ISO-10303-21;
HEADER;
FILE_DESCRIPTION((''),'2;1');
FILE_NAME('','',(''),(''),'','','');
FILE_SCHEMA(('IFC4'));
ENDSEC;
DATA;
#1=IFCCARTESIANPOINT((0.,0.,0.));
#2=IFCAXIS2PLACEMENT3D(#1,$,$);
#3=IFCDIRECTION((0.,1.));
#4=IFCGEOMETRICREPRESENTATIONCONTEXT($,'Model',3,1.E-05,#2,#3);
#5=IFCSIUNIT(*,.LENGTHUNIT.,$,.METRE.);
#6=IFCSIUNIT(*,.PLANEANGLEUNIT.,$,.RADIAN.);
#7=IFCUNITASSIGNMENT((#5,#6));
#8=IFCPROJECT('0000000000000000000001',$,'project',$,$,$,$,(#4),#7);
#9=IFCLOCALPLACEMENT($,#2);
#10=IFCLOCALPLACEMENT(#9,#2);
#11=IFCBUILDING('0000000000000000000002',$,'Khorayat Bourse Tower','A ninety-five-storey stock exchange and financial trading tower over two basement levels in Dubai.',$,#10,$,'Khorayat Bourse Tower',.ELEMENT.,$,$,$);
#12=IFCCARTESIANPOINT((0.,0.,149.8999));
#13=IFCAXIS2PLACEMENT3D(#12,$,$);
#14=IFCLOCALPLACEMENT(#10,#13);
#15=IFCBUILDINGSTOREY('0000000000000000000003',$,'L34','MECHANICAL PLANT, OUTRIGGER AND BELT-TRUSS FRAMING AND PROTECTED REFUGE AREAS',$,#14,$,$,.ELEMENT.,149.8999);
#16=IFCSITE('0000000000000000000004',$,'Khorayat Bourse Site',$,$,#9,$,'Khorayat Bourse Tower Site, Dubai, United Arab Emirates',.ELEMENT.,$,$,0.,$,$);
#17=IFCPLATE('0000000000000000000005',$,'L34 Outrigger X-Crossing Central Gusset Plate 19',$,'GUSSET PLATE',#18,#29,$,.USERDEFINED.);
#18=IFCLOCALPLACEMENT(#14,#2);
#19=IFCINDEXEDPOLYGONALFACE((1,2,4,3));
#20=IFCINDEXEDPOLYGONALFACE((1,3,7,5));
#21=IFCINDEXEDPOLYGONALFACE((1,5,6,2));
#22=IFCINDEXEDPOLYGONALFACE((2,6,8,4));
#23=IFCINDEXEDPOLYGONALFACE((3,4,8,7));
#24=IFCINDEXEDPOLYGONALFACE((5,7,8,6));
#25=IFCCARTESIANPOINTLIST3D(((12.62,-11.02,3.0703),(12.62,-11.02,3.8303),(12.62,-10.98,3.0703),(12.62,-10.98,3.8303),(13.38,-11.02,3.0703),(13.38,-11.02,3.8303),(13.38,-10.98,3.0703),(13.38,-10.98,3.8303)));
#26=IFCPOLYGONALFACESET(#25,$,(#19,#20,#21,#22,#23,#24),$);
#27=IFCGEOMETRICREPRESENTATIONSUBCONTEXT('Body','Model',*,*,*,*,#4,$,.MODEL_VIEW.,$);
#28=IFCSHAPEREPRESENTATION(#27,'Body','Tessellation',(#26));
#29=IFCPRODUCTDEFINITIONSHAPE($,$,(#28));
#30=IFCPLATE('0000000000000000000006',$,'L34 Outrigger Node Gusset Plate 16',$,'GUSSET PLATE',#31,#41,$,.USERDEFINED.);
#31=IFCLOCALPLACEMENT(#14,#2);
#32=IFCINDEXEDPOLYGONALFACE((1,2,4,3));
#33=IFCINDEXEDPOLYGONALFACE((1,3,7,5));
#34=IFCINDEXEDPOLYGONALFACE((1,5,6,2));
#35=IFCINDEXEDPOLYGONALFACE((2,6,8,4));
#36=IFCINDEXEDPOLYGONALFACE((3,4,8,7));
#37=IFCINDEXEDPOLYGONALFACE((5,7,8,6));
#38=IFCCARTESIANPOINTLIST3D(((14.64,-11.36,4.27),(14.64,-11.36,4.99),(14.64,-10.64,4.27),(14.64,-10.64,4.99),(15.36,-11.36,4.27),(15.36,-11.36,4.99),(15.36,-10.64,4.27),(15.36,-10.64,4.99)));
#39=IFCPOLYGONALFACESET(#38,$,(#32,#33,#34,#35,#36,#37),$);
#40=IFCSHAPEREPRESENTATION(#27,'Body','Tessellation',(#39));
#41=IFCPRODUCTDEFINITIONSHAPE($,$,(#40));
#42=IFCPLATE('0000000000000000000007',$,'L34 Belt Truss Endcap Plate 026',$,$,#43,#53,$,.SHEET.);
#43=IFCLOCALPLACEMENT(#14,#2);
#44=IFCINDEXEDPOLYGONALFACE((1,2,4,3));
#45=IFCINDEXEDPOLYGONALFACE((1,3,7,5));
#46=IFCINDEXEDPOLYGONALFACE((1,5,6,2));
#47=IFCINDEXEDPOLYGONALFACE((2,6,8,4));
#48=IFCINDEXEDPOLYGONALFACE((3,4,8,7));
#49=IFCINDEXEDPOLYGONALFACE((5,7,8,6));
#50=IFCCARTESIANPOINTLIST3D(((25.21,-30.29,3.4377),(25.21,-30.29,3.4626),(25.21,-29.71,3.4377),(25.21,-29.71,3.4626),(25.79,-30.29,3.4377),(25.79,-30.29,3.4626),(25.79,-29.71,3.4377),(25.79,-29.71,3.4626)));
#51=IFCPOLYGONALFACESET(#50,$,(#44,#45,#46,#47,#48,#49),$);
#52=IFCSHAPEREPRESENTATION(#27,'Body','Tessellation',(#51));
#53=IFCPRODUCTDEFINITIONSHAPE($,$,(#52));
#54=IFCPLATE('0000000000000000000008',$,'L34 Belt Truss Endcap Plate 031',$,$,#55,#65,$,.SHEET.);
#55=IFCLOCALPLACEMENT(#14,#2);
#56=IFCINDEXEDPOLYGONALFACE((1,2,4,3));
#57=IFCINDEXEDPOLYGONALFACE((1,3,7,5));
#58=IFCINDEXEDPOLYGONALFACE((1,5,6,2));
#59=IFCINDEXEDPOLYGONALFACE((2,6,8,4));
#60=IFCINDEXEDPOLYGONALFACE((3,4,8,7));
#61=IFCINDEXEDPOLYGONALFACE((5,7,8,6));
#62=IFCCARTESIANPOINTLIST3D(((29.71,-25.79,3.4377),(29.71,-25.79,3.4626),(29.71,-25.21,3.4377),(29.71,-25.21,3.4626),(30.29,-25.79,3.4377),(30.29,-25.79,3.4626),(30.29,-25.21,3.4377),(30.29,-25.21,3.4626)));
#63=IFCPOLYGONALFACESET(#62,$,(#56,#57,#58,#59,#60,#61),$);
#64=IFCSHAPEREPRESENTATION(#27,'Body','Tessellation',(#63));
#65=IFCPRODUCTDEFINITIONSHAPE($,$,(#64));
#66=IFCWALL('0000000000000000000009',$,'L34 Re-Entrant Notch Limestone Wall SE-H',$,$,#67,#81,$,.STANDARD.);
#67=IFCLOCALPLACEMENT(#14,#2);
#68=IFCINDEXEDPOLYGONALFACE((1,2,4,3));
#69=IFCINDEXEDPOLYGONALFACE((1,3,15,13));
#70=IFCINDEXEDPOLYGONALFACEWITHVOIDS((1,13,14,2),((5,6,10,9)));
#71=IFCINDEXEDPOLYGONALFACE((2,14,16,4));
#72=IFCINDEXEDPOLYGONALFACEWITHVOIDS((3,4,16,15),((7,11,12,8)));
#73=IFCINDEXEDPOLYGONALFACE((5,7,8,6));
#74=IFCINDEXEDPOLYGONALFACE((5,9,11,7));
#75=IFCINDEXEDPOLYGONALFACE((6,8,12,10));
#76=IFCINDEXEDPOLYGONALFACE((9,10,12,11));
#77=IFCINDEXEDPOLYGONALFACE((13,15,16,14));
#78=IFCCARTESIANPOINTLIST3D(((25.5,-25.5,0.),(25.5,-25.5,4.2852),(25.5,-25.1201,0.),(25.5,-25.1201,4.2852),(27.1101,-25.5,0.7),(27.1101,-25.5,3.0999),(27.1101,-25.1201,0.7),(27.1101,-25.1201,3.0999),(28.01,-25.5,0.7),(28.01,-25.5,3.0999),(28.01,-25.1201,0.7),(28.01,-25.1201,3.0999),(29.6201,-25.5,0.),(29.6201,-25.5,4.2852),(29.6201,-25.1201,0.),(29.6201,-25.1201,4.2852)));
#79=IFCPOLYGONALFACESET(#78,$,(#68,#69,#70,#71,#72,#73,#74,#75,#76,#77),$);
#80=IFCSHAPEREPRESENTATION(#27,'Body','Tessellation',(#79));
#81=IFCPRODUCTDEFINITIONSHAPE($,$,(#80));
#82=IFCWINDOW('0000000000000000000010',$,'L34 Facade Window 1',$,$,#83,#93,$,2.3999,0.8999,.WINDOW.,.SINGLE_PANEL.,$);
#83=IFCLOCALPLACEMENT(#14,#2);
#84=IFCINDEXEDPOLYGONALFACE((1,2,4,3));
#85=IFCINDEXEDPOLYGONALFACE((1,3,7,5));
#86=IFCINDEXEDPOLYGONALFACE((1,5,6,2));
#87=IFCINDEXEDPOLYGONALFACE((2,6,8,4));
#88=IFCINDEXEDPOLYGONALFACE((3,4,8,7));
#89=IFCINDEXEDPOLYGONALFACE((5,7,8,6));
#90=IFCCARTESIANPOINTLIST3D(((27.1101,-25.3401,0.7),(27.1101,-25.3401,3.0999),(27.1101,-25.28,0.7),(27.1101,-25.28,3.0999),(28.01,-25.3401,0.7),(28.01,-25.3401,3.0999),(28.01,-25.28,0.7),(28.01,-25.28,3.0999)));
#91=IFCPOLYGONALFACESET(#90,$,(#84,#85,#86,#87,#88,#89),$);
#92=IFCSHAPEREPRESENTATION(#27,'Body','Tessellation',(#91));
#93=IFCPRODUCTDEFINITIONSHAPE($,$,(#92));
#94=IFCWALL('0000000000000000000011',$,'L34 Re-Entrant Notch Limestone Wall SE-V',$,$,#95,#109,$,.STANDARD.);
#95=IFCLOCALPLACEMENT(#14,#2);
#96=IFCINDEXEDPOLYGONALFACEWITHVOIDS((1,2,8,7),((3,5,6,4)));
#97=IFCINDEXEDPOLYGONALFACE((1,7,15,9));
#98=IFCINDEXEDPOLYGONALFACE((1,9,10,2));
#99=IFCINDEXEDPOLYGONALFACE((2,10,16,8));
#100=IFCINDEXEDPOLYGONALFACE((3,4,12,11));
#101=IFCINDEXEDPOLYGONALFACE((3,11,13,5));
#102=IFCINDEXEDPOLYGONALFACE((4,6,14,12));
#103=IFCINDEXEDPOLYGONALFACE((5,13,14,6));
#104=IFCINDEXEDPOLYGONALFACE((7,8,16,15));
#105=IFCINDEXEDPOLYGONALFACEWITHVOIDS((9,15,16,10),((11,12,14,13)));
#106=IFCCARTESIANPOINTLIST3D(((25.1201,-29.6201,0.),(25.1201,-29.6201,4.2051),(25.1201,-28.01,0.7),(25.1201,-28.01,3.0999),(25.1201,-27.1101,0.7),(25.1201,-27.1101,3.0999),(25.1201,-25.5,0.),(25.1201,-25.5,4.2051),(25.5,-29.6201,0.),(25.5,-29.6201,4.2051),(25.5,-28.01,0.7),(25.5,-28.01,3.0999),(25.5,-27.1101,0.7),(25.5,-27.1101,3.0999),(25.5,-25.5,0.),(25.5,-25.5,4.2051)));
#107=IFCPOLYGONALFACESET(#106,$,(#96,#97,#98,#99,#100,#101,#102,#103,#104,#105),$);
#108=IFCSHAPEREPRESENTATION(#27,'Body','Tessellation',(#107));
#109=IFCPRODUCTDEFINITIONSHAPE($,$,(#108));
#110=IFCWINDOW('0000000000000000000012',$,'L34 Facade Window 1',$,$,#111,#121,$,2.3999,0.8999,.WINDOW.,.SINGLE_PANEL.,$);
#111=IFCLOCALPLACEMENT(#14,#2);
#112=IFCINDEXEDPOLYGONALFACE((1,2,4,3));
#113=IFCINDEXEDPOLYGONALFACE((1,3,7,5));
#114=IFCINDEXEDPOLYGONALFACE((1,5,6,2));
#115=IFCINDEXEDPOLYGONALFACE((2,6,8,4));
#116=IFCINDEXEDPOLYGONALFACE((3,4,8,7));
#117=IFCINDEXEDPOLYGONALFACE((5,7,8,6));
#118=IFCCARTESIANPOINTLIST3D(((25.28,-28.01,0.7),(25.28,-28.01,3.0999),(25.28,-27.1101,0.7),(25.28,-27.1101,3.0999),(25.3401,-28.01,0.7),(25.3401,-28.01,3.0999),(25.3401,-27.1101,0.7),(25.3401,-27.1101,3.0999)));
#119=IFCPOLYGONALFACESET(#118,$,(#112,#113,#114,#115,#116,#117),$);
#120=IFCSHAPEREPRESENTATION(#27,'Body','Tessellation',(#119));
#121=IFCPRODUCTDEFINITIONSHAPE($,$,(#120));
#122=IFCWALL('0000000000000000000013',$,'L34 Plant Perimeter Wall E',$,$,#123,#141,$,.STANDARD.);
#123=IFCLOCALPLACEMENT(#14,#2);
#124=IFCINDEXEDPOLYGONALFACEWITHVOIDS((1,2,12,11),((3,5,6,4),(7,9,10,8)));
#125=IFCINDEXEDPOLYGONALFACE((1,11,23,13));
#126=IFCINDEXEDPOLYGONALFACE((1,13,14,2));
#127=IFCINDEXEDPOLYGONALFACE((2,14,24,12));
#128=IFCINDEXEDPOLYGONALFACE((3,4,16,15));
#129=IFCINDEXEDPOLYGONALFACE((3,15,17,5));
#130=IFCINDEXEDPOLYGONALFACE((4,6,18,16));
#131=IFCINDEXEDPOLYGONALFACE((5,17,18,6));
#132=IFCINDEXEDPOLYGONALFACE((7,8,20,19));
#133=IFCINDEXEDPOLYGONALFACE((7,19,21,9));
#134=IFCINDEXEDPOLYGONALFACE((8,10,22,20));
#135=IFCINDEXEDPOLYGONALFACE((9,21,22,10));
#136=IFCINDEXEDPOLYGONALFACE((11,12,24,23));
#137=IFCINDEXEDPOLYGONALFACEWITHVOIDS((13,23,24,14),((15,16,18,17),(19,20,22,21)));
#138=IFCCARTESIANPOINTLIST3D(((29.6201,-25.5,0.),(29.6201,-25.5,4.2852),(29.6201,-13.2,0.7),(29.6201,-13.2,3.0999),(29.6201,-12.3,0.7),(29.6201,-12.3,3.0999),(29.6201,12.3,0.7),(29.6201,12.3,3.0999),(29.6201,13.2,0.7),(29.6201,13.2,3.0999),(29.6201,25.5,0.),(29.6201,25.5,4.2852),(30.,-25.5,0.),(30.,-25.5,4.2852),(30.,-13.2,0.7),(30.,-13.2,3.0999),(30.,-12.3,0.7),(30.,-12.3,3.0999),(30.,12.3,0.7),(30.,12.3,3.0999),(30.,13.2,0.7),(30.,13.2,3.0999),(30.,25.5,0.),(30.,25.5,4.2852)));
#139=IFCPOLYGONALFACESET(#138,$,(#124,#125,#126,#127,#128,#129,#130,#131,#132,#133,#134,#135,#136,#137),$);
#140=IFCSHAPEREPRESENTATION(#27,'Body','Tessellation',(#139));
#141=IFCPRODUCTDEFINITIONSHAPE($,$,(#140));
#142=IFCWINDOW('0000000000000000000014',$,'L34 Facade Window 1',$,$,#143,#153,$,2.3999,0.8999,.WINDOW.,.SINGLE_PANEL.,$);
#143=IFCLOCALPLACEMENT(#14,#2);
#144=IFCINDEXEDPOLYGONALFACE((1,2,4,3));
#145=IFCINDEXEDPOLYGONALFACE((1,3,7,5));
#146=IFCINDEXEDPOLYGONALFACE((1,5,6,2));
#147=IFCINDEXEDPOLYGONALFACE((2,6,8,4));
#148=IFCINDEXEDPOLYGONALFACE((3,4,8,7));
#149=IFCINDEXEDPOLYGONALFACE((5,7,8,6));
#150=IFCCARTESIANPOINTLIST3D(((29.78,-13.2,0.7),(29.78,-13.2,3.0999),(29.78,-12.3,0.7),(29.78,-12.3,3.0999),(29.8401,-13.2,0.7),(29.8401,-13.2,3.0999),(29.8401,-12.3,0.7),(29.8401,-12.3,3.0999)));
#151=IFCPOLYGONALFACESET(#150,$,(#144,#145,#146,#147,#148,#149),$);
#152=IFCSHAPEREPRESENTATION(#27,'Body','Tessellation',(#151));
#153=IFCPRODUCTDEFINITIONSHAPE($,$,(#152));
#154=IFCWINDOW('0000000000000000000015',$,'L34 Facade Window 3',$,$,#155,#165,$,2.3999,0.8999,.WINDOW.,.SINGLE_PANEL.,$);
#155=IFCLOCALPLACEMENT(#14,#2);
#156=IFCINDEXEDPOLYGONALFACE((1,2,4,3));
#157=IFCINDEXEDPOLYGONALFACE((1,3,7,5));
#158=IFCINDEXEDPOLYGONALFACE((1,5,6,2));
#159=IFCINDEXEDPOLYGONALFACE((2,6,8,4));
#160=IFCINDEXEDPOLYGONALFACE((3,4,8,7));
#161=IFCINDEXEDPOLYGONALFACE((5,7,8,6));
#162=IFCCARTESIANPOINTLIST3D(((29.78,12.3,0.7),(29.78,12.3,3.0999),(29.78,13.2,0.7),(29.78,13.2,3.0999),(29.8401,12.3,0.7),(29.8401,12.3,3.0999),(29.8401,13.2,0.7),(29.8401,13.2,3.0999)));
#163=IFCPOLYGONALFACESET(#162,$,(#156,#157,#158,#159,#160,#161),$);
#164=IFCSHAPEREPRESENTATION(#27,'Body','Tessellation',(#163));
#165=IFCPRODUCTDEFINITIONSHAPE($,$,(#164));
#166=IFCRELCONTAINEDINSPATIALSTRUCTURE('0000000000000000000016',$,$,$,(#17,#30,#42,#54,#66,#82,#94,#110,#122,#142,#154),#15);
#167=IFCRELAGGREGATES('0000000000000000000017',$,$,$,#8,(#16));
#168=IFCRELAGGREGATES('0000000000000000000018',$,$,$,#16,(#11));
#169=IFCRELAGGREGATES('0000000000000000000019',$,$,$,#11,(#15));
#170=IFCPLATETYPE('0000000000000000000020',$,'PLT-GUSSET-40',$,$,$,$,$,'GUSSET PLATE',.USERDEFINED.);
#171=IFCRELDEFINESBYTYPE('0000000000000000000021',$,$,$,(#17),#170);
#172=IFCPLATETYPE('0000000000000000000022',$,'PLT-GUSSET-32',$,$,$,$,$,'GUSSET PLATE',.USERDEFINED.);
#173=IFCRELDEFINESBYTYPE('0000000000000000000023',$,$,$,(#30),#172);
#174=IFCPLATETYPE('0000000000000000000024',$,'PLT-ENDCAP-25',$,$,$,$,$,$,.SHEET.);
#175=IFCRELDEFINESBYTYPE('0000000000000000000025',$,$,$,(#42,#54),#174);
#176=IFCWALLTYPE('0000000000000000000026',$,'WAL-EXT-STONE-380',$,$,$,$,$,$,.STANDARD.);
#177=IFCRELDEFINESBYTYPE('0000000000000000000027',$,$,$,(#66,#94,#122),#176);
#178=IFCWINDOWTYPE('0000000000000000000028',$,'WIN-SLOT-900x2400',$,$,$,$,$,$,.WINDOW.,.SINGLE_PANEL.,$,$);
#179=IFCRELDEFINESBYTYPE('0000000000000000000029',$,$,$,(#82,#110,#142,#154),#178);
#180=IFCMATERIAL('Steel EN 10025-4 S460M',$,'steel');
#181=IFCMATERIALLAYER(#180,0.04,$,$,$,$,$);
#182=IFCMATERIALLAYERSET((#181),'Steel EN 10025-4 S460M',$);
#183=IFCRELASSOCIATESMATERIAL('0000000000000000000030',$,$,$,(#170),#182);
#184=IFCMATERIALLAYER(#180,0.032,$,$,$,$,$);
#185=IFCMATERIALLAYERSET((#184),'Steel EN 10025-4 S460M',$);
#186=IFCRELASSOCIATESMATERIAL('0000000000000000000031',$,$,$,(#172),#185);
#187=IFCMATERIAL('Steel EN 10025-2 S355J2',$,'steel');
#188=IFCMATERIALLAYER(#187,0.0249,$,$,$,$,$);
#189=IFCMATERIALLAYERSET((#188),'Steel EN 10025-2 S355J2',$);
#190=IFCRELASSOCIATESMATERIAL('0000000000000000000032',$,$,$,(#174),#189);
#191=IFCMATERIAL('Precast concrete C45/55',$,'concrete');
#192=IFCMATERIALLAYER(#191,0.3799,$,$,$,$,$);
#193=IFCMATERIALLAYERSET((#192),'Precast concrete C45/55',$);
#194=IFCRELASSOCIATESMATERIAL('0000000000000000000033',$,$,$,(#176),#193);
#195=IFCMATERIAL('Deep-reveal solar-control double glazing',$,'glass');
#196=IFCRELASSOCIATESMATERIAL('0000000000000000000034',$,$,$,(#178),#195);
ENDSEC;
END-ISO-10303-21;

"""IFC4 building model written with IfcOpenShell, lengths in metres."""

from ifc_helpers import new_model, si_unit, direction, frame, frame_2d, origin, origin_2d, place, context, subcontext, project, spatial, rectangle, extrude, source, transform, mapped, material, layer, layer_set, type_object, element, fill, save


model = new_model("IFC4")

# Units and contexts
model_context = context("Model", 3, precision=1e-05, world=origin(), true_north=direction((0.0, 1.0)))
body_context = subcontext(model_context, "Body", "Model", "MODEL_VIEW")
ifc_project = project(units=[si_unit("LENGTHUNIT", "METRE"), si_unit("PLANEANGLEUNIT", "RADIAN")], contexts=[model_context])

# Site, building, storey
site_placement = place(None, origin())
site = spatial("IfcSite", under=ifc_project, at=site_placement, Name="Khorayat Bourse Site", LongName="Khorayat Bourse Tower Site, Dubai, United Arab Emirates", CompositionType="ELEMENT", RefElevation=0.0)
building_placement = place(site_placement, origin())
building = spatial("IfcBuilding", under=site, at=building_placement, Name="Khorayat Bourse Tower", Description="A ninety-five-storey stock exchange and financial trading tower over two basement levels in Dubai.", LongName="Khorayat Bourse Tower", CompositionType="ELEMENT")
storey_placement = place(building_placement, frame((0.0, 0.0, 149.8999)))
storey = spatial("IfcBuildingStorey", under=building, at=storey_placement, Name="L34", Description="MECHANICAL PLANT, OUTRIGGER AND BELT-TRUSS FRAMING AND PROTECTED REFUGE AREAS", CompositionType="ELEMENT", Elevation=149.8999)

# Shared definitions
ifc_material_1 = material(Name="Steel EN 10025-4 S460M", Category="steel")

# Plates
ifc_layer_1 = layer(ifc_material_1, 0.04)
ifc_layer_set_1 = layer_set([ifc_layer_1], Name="Steel EN 10025-4 S460M")
plate_type_1 = type_object("IfcPlateType", Name="PLT-GUSSET-40", ElementType="GUSSET PLATE", PredefinedType="USERDEFINED", material=ifc_layer_set_1)
shared_shape_1 = source(origin(), body_context, "Body", "SweptSolid", [
    extrude(rectangle(XDim=0.76, YDim=0.04, at=origin_2d()), origin(), (0.0, 0.0, 1.0), 0.76),
])
plate_1_placement = place(storey_placement, frame((13.0, -11.0, 3.0703), z_axis=(0.0, 0.0, 1.0), x_axis=(1.0, 0.0, 0.0)))
element("IfcPlate", 1, at=plate_1_placement, inside=storey, type_object=plate_type_1, Name="L34 Outrigger X-Crossing Central Gusset Plate 19", ObjectType="GUSSET PLATE", PredefinedType="USERDEFINED", context=body_context, shape_type="MappedRepresentation", body=[
    mapped(shared_shape_1, transform((0.0, 0.0, 0.0), scale=1.0)),
])
ifc_layer_2 = layer(ifc_material_1, 0.032)
ifc_layer_set_2 = layer_set([ifc_layer_2], Name="Steel EN 10025-4 S460M")
plate_type_2 = type_object("IfcPlateType", Name="PLT-GUSSET-32", ElementType="GUSSET PLATE", PredefinedType="USERDEFINED", material=ifc_layer_set_2)
shared_shape_2 = source(origin(), body_context, "Body", "SweptSolid", [
    extrude(rectangle(XDim=0.72, YDim=0.72, at=origin_2d()), origin(), (0.0, 0.0, 1.0), 0.72),
])
plate_2_placement = place(storey_placement, frame((15.0, -11.0, 4.27), z_axis=(0.0, 0.0, 1.0), x_axis=(1.0, 0.0, 0.0)))
element("IfcPlate", 2, at=plate_2_placement, inside=storey, type_object=plate_type_2, Name="L34 Outrigger Node Gusset Plate 16", ObjectType="GUSSET PLATE", PredefinedType="USERDEFINED", context=body_context, shape_type="MappedRepresentation", body=[
    mapped(shared_shape_2, transform((0.0, 0.0, 0.0), scale=1.0)),
])
ifc_material_2 = material(Name="Steel EN 10025-2 S355J2", Category="steel")
ifc_layer_3 = layer(ifc_material_2, 0.0249)
ifc_layer_set_3 = layer_set([ifc_layer_3], Name="Steel EN 10025-2 S355J2")
plate_type_3 = type_object("IfcPlateType", Name="PLT-ENDCAP-25", PredefinedType="SHEET", material=ifc_layer_set_3)
shared_shape_3 = source(origin(), body_context, "Body", "SweptSolid", [
    extrude(rectangle(XDim=0.5801, YDim=0.5801, at=origin_2d()), origin(), (0.0, 0.0, 1.0), 0.0249),
])
for number, where, z_axis, x_axis, name in (
    (3, (25.5, -30.0, 3.4377), (0.0, 0.0, 1.0), (1.0, 0.0, 0.0), "L34 Belt Truss Endcap Plate 026"),
    (4, (30.0, -25.5, 3.4377), (0.0, 0.0, 1.0), (1.0, 0.0, 0.0), "L34 Belt Truss Endcap Plate 031"),
):
    element("IfcPlate", number, at=place(storey_placement, frame(where, z_axis=z_axis, x_axis=x_axis)), inside=storey, type_object=plate_type_3, Name=name, PredefinedType="SHEET", context=body_context, shape_type="MappedRepresentation", body=[
        mapped(shared_shape_3, transform((0.0, 0.0, 0.0), scale=1.0)),
    ])

# Walls, openings, windows
ifc_material_3 = material(Name="Precast concrete C45/55", Category="concrete")
ifc_layer_4 = layer(ifc_material_3, 0.3799)
ifc_layer_set_4 = layer_set([ifc_layer_4], Name="Precast concrete C45/55")
wall_type = type_object("IfcWallType", Name="WAL-EXT-STONE-380", PredefinedType="STANDARD", material=ifc_layer_set_4)
shared_shape_4 = source(origin(), body_context, "Body", "SweptSolid", [
    extrude(rectangle(XDim=4.1201, YDim=0.3799, at=frame_2d((2.0601, 0.0))), origin(), (0.0, 0.0, 1.0), 4.2852),
])
wall_1_placement = place(storey_placement, frame((25.5, -25.3101, 0.0), z_axis=(0.0, 0.0, 1.0), x_axis=(1.0, 0.0, 0.0)))
wall_1 = element("IfcWall", 5, at=wall_1_placement, inside=storey, type_object=wall_type, Name="L34 Re-Entrant Notch Limestone Wall SE-H", PredefinedType="STANDARD", context=body_context, shape_type="MappedRepresentation", body=[
    mapped(shared_shape_4, transform((0.0, 0.0, 0.0), scale=1.0)),
])
shared_shape_5 = source(origin(), body_context, "Body", "SweptSolid", [
    extrude(rectangle(XDim=0.8999, YDim=2.3999, at=frame_2d((0.45, 1.2))), frame((0.0, 0.2, 0.0), z_axis=(0.0, -1.0, 0.0), x_axis=(1.0, 0.0, 0.0)), (0.0, 0.0, 1.0), 0.3999),
])
opening_1_placement = place(wall_1_placement, frame((1.6101, 0.0, 0.7)))
opening_1 = element("IfcOpeningElement", 6, at=opening_1_placement, cuts=wall_1, PredefinedType="OPENING", context=body_context, shape_type="MappedRepresentation", body=[
    mapped(shared_shape_5, transform((0.0, 0.0, 0.0), scale=1.0)),
])
ifc_material_4 = material(Name="Deep-reveal solar-control double glazing", Category="glass")
window_type = type_object("IfcWindowType", Name="WIN-SLOT-900x2400", PartitioningType="SINGLE_PANEL", PredefinedType="WINDOW", material=ifc_material_4)
shared_shape_6 = source(origin(), body_context, "Body", "SweptSolid", [
    extrude(rectangle(XDim=0.8999, YDim=2.3999, at=frame_2d((0.45, 1.2))), frame((0.0, 0.03, 0.0), z_axis=(0.0, -1.0, 0.0), x_axis=(1.0, 0.0, 0.0)), (0.0, 0.0, 1.0), 0.0601),
])
window_1_placement = place(opening_1_placement, origin())
window_1 = element("IfcWindow", 7, at=window_1_placement, inside=storey, type_object=window_type, Name="L34 Facade Window 1", OverallHeight=2.3999, OverallWidth=0.8999, PartitioningType="SINGLE_PANEL", PredefinedType="WINDOW", context=body_context, shape_type="MappedRepresentation", body=[
    mapped(shared_shape_6, transform((0.0, 0.0, 0.0), scale=1.0)),
])
fill(opening_1, window_1)
shared_shape_7 = source(origin(), body_context, "Body", "SweptSolid", [
    extrude(rectangle(XDim=4.1201, YDim=0.3799, at=frame_2d((2.0601, 0.0))), origin(), (0.0, 0.0, 1.0), 4.2051),
])
wall_2_placement = place(storey_placement, frame((25.3101, -29.6201, 0.0), z_axis=(0.0, 0.0, 1.0), x_axis=(0.0, 1.0, 0.0)))
wall_2 = element("IfcWall", 8, at=wall_2_placement, inside=storey, type_object=wall_type, Name="L34 Re-Entrant Notch Limestone Wall SE-V", PredefinedType="STANDARD", context=body_context, shape_type="MappedRepresentation", body=[
    mapped(shared_shape_7, transform((0.0, 0.0, 0.0), scale=1.0)),
])
opening_2_placement = place(wall_2_placement, frame((1.6101, 0.0, 0.7)))
opening_2 = element("IfcOpeningElement", 9, at=opening_2_placement, cuts=wall_2, PredefinedType="OPENING", context=body_context, shape_type="MappedRepresentation", body=[
    mapped(shared_shape_5, transform((0.0, 0.0, 0.0), scale=1.0)),
])
window_2_placement = place(opening_2_placement, origin())
window_2 = element("IfcWindow", 10, at=window_2_placement, inside=storey, type_object=window_type, Name="L34 Facade Window 1", OverallHeight=2.3999, OverallWidth=0.8999, PartitioningType="SINGLE_PANEL", PredefinedType="WINDOW", context=body_context, shape_type="MappedRepresentation", body=[
    mapped(shared_shape_6, transform((0.0, 0.0, 0.0), scale=1.0)),
])
fill(opening_2, window_2)

# Wall, openings, windows
shared_shape_8 = source(origin(), body_context, "Body", "SweptSolid", [
    extrude(rectangle(XDim=51.0, YDim=0.3799, at=frame_2d((25.5, 0.0))), origin(), (0.0, 0.0, 1.0), 4.2852),
])
wall_3_placement = place(storey_placement, frame((29.8101, -25.5, 0.0), z_axis=(0.0, 0.0, 1.0), x_axis=(0.0, 1.0, 0.0)))
wall_3 = element("IfcWall", 11, at=wall_3_placement, inside=storey, type_object=wall_type, Name="L34 Plant Perimeter Wall E", PredefinedType="STANDARD", context=body_context, shape_type="MappedRepresentation", body=[
    mapped(shared_shape_8, transform((0.0, 0.0, 0.0), scale=1.0)),
])
opening_3_placement = place(wall_3_placement, frame((12.3, 0.0, 0.7)))
opening_3 = element("IfcOpeningElement", 12, at=opening_3_placement, cuts=wall_3, PredefinedType="OPENING", context=body_context, shape_type="MappedRepresentation", body=[
    mapped(shared_shape_5, transform((0.0, 0.0, 0.0), scale=1.0)),
])
opening_4_placement = place(wall_3_placement, frame((37.8, 0.0, 0.7)))
opening_4 = element("IfcOpeningElement", 13, at=opening_4_placement, cuts=wall_3, PredefinedType="OPENING", context=body_context, shape_type="MappedRepresentation", body=[
    mapped(shared_shape_5, transform((0.0, 0.0, 0.0), scale=1.0)),
])
window_3_placement = place(opening_3_placement, origin())
window_3 = element("IfcWindow", 14, at=window_3_placement, inside=storey, type_object=window_type, Name="L34 Facade Window 1", OverallHeight=2.3999, OverallWidth=0.8999, PartitioningType="SINGLE_PANEL", PredefinedType="WINDOW", context=body_context, shape_type="MappedRepresentation", body=[
    mapped(shared_shape_6, transform((0.0, 0.0, 0.0), scale=1.0)),
])
fill(opening_3, window_3)
window_4_placement = place(opening_4_placement, origin())
window_4 = element("IfcWindow", 15, at=window_4_placement, inside=storey, type_object=window_type, Name="L34 Facade Window 3", OverallHeight=2.3999, OverallWidth=0.8999, PartitioningType="SINGLE_PANEL", PredefinedType="WINDOW", context=body_context, shape_type="MappedRepresentation", body=[
    mapped(shared_shape_6, transform((0.0, 0.0, 0.0), scale=1.0)),
])
fill(opening_4, window_4)

save(model, "model.ifc")
